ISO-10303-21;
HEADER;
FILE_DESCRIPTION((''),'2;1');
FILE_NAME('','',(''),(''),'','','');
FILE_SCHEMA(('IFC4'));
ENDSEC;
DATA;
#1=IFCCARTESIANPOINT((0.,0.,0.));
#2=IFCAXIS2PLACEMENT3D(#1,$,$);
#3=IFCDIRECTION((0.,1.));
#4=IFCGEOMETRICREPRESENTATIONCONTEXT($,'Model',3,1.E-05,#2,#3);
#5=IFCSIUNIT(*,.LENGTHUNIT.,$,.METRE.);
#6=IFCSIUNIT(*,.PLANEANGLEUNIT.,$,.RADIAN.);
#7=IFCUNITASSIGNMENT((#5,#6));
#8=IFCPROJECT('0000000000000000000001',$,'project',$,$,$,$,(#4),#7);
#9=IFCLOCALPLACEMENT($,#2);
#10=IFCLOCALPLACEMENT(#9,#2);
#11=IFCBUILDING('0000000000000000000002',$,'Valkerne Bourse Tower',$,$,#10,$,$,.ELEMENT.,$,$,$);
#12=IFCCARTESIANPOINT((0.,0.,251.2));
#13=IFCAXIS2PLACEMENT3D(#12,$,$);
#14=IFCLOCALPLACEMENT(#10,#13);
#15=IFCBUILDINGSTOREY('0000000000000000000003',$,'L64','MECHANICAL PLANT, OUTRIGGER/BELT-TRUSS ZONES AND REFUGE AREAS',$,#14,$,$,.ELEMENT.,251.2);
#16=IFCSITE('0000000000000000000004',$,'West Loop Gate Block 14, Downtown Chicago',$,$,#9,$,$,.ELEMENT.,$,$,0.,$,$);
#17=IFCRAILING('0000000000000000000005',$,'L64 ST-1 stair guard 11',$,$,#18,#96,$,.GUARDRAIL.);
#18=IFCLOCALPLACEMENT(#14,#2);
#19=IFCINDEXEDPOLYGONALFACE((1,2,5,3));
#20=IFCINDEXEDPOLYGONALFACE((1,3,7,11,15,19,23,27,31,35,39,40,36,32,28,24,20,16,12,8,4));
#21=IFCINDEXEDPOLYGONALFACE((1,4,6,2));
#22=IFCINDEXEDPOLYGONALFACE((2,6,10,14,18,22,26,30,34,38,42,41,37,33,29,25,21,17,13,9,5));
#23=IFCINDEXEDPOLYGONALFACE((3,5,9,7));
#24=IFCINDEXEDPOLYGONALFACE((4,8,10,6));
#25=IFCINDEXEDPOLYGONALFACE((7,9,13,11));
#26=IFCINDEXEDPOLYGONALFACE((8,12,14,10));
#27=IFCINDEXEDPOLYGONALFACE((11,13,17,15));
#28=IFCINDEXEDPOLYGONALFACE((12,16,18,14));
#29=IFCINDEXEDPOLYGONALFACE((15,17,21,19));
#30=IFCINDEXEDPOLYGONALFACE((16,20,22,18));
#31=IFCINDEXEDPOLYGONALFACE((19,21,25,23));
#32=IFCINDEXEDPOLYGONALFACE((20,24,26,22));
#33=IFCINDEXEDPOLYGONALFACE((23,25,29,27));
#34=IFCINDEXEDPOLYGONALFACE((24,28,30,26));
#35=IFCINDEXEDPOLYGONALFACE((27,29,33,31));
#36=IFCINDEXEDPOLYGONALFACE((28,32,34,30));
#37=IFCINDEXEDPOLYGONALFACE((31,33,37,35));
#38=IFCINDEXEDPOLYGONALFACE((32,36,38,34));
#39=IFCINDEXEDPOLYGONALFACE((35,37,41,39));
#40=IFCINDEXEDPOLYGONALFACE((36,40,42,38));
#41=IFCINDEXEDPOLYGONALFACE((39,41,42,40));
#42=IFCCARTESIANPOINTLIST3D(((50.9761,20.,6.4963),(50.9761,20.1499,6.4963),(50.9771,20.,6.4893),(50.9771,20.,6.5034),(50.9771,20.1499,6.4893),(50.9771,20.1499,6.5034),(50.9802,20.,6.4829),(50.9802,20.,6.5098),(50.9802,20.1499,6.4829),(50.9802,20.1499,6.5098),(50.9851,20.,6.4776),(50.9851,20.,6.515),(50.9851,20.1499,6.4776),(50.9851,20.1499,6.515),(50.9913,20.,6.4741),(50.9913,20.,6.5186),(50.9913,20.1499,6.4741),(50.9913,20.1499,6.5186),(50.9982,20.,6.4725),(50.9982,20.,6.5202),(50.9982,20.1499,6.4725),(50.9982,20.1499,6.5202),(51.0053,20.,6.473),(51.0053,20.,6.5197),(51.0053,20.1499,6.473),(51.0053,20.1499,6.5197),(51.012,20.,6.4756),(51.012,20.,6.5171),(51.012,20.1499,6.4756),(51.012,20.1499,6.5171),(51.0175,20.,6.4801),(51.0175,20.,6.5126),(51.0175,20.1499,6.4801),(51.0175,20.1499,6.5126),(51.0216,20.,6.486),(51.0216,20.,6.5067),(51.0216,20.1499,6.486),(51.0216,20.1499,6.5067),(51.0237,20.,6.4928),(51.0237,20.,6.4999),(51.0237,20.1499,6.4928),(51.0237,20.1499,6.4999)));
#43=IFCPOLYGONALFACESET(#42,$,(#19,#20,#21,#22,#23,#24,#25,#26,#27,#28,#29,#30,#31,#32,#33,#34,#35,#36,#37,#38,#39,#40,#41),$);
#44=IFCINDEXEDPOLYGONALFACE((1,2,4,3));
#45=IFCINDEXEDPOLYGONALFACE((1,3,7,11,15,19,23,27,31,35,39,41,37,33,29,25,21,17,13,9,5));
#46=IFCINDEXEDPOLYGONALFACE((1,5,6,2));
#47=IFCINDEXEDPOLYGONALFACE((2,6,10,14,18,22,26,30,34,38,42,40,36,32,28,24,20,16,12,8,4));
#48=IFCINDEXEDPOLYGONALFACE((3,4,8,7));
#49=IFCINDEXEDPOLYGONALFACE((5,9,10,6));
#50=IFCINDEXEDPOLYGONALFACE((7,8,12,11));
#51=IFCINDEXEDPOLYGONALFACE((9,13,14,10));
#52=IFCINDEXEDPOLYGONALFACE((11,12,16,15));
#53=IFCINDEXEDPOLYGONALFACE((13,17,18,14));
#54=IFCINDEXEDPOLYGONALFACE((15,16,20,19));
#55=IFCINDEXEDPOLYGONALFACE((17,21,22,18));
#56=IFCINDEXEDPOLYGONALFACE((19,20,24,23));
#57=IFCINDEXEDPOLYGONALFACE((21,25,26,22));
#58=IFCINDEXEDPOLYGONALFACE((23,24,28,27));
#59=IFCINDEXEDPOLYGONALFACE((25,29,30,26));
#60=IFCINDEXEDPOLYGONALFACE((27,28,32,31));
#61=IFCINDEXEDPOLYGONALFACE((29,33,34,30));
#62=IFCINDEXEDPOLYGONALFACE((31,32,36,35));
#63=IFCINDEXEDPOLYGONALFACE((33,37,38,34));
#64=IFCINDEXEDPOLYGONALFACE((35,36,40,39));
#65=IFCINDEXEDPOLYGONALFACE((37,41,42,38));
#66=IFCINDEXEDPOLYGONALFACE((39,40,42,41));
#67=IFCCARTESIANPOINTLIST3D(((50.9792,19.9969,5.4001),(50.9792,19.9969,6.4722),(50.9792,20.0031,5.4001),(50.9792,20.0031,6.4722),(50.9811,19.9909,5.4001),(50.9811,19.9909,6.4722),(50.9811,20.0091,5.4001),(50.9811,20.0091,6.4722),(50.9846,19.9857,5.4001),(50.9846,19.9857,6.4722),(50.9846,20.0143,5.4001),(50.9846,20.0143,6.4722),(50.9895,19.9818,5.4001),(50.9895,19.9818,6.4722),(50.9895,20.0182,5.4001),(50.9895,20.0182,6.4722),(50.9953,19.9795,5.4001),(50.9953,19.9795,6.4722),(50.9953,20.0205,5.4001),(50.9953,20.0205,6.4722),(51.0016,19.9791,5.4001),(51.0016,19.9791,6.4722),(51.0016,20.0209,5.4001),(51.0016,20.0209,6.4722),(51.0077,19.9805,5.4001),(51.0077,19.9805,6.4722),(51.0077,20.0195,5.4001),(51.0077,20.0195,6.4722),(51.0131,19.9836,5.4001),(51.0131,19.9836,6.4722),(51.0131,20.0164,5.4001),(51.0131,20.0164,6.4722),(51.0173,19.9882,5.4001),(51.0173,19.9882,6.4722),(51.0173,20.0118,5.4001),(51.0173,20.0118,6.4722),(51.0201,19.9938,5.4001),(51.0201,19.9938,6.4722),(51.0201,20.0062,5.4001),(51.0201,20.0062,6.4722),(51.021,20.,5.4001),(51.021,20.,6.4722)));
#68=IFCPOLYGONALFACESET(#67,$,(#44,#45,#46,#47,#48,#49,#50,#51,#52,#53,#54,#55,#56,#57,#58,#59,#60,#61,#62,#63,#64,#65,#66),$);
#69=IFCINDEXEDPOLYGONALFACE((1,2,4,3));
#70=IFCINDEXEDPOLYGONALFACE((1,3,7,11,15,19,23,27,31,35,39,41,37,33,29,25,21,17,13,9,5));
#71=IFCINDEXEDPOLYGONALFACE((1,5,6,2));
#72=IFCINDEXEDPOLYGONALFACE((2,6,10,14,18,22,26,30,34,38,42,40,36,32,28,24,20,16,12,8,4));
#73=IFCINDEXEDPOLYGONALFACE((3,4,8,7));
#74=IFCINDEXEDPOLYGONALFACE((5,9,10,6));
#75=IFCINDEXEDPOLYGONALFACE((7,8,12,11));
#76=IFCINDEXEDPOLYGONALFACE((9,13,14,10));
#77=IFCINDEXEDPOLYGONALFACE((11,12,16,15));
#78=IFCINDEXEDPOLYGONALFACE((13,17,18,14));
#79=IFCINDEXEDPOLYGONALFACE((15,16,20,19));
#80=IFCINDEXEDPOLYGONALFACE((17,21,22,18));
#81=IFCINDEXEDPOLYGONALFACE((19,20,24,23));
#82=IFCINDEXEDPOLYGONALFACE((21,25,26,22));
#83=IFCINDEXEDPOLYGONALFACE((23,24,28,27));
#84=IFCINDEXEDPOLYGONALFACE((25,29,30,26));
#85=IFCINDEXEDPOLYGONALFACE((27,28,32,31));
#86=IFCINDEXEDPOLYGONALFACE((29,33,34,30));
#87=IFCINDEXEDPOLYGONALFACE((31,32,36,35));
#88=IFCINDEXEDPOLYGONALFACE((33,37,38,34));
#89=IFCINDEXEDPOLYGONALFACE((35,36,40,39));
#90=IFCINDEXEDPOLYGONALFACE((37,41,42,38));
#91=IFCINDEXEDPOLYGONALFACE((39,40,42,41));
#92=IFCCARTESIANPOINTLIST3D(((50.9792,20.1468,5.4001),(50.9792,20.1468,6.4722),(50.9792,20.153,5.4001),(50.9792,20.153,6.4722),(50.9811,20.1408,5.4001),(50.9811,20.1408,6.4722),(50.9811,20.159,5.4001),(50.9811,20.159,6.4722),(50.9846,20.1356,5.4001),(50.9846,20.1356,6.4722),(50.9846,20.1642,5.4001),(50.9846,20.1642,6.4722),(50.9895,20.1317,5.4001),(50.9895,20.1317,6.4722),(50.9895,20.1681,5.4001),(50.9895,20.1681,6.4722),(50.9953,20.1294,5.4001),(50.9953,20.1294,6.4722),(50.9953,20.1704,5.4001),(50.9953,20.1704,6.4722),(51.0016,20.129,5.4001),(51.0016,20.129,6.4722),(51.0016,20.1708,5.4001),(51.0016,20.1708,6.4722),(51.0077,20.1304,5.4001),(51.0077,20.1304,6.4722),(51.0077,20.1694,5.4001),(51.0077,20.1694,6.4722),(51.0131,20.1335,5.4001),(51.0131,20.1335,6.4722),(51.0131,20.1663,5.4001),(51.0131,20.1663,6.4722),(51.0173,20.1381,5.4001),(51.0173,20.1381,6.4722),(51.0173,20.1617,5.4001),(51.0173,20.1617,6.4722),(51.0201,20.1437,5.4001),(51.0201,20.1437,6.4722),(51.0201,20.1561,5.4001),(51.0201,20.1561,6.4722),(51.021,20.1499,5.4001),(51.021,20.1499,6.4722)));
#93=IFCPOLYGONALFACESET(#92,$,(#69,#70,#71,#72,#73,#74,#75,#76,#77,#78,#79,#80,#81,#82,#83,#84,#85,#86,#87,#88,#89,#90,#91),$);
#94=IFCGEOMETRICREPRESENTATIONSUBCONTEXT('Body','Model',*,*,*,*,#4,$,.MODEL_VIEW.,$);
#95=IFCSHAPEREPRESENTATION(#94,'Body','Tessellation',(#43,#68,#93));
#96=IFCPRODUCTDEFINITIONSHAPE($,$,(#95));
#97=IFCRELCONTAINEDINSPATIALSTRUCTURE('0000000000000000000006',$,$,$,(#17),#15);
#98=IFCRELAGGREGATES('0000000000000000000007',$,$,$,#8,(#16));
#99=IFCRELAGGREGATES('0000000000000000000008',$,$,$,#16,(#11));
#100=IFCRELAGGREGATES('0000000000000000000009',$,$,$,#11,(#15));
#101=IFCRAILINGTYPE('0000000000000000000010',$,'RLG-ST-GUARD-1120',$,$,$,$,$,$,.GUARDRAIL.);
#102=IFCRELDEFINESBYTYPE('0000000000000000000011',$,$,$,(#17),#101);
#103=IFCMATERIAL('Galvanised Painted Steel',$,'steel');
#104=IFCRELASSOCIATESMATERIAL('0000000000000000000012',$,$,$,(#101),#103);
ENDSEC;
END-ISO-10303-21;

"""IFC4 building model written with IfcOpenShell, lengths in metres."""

from ifc_helpers import new_model, si_unit, direction, frame, origin, origin_2d, place, context, subcontext, project, spatial, circle, extrude, material, type_object, element, save


model = new_model("IFC4")

# Units and contexts
model_context = context("Model", 3, precision=1e-05, world=origin(), true_north=direction((0.0, 1.0)))
body_context = subcontext(model_context, "Body", "Model", "MODEL_VIEW")
ifc_project = project(units=[si_unit("LENGTHUNIT", "METRE"), si_unit("PLANEANGLEUNIT", "RADIAN")], contexts=[model_context])

# Site, building, storey
site_placement = place(None, origin())
site = spatial("IfcSite", under=ifc_project, at=site_placement, Name="West Loop Gate Block 14, Downtown Chicago", CompositionType="ELEMENT", RefElevation=0.0)
building_placement = place(site_placement, origin())
building = spatial("IfcBuilding", under=site, at=building_placement, Name="Valkerne Bourse Tower", CompositionType="ELEMENT")
storey_placement = place(building_placement, frame((0.0, 0.0, 251.2)))
storey = spatial("IfcBuildingStorey", under=building, at=storey_placement, Name="L64", Description="MECHANICAL PLANT, OUTRIGGER/BELT-TRUSS ZONES AND REFUGE AREAS", CompositionType="ELEMENT", Elevation=251.2)

# Shared definitions
ifc_material_1 = material(Name="Galvanised Painted Steel", Category="steel")

# Railing
railing_type_1 = type_object("IfcRailingType", Name="RLG-ST-GUARD-1120", PredefinedType="GUARDRAIL", material=ifc_material_1)
railing_1_placement = place(storey_placement, frame((51.0, 20.0, 5.4001)))
element("IfcRailing", 1, at=railing_1_placement, inside=storey, type_object=railing_type_1, Name="L64 ST-1 stair guard 11", PredefinedType="GUARDRAIL", context=body_context, shape_type="SweptSolid", body=[
    extrude(circle(Radius=0.0239, at=origin_2d()), frame((0.0, 0.0, 1.0962), z_axis=(0.0, 1.0, 0.0), x_axis=(-1.0, 0.0, 0.0)), (0.0, 0.0, 1.0), 0.1499),
    extrude(circle(Radius=0.021, at=origin_2d()), origin(), (0.0, 0.0, 1.0), 1.072),
    extrude(circle(Radius=0.021, at=origin_2d()), frame((0.0, 0.1499, 0.0)), (0.0, 0.0, 1.0), 1.072),
])

save(model, "model.ifc")
